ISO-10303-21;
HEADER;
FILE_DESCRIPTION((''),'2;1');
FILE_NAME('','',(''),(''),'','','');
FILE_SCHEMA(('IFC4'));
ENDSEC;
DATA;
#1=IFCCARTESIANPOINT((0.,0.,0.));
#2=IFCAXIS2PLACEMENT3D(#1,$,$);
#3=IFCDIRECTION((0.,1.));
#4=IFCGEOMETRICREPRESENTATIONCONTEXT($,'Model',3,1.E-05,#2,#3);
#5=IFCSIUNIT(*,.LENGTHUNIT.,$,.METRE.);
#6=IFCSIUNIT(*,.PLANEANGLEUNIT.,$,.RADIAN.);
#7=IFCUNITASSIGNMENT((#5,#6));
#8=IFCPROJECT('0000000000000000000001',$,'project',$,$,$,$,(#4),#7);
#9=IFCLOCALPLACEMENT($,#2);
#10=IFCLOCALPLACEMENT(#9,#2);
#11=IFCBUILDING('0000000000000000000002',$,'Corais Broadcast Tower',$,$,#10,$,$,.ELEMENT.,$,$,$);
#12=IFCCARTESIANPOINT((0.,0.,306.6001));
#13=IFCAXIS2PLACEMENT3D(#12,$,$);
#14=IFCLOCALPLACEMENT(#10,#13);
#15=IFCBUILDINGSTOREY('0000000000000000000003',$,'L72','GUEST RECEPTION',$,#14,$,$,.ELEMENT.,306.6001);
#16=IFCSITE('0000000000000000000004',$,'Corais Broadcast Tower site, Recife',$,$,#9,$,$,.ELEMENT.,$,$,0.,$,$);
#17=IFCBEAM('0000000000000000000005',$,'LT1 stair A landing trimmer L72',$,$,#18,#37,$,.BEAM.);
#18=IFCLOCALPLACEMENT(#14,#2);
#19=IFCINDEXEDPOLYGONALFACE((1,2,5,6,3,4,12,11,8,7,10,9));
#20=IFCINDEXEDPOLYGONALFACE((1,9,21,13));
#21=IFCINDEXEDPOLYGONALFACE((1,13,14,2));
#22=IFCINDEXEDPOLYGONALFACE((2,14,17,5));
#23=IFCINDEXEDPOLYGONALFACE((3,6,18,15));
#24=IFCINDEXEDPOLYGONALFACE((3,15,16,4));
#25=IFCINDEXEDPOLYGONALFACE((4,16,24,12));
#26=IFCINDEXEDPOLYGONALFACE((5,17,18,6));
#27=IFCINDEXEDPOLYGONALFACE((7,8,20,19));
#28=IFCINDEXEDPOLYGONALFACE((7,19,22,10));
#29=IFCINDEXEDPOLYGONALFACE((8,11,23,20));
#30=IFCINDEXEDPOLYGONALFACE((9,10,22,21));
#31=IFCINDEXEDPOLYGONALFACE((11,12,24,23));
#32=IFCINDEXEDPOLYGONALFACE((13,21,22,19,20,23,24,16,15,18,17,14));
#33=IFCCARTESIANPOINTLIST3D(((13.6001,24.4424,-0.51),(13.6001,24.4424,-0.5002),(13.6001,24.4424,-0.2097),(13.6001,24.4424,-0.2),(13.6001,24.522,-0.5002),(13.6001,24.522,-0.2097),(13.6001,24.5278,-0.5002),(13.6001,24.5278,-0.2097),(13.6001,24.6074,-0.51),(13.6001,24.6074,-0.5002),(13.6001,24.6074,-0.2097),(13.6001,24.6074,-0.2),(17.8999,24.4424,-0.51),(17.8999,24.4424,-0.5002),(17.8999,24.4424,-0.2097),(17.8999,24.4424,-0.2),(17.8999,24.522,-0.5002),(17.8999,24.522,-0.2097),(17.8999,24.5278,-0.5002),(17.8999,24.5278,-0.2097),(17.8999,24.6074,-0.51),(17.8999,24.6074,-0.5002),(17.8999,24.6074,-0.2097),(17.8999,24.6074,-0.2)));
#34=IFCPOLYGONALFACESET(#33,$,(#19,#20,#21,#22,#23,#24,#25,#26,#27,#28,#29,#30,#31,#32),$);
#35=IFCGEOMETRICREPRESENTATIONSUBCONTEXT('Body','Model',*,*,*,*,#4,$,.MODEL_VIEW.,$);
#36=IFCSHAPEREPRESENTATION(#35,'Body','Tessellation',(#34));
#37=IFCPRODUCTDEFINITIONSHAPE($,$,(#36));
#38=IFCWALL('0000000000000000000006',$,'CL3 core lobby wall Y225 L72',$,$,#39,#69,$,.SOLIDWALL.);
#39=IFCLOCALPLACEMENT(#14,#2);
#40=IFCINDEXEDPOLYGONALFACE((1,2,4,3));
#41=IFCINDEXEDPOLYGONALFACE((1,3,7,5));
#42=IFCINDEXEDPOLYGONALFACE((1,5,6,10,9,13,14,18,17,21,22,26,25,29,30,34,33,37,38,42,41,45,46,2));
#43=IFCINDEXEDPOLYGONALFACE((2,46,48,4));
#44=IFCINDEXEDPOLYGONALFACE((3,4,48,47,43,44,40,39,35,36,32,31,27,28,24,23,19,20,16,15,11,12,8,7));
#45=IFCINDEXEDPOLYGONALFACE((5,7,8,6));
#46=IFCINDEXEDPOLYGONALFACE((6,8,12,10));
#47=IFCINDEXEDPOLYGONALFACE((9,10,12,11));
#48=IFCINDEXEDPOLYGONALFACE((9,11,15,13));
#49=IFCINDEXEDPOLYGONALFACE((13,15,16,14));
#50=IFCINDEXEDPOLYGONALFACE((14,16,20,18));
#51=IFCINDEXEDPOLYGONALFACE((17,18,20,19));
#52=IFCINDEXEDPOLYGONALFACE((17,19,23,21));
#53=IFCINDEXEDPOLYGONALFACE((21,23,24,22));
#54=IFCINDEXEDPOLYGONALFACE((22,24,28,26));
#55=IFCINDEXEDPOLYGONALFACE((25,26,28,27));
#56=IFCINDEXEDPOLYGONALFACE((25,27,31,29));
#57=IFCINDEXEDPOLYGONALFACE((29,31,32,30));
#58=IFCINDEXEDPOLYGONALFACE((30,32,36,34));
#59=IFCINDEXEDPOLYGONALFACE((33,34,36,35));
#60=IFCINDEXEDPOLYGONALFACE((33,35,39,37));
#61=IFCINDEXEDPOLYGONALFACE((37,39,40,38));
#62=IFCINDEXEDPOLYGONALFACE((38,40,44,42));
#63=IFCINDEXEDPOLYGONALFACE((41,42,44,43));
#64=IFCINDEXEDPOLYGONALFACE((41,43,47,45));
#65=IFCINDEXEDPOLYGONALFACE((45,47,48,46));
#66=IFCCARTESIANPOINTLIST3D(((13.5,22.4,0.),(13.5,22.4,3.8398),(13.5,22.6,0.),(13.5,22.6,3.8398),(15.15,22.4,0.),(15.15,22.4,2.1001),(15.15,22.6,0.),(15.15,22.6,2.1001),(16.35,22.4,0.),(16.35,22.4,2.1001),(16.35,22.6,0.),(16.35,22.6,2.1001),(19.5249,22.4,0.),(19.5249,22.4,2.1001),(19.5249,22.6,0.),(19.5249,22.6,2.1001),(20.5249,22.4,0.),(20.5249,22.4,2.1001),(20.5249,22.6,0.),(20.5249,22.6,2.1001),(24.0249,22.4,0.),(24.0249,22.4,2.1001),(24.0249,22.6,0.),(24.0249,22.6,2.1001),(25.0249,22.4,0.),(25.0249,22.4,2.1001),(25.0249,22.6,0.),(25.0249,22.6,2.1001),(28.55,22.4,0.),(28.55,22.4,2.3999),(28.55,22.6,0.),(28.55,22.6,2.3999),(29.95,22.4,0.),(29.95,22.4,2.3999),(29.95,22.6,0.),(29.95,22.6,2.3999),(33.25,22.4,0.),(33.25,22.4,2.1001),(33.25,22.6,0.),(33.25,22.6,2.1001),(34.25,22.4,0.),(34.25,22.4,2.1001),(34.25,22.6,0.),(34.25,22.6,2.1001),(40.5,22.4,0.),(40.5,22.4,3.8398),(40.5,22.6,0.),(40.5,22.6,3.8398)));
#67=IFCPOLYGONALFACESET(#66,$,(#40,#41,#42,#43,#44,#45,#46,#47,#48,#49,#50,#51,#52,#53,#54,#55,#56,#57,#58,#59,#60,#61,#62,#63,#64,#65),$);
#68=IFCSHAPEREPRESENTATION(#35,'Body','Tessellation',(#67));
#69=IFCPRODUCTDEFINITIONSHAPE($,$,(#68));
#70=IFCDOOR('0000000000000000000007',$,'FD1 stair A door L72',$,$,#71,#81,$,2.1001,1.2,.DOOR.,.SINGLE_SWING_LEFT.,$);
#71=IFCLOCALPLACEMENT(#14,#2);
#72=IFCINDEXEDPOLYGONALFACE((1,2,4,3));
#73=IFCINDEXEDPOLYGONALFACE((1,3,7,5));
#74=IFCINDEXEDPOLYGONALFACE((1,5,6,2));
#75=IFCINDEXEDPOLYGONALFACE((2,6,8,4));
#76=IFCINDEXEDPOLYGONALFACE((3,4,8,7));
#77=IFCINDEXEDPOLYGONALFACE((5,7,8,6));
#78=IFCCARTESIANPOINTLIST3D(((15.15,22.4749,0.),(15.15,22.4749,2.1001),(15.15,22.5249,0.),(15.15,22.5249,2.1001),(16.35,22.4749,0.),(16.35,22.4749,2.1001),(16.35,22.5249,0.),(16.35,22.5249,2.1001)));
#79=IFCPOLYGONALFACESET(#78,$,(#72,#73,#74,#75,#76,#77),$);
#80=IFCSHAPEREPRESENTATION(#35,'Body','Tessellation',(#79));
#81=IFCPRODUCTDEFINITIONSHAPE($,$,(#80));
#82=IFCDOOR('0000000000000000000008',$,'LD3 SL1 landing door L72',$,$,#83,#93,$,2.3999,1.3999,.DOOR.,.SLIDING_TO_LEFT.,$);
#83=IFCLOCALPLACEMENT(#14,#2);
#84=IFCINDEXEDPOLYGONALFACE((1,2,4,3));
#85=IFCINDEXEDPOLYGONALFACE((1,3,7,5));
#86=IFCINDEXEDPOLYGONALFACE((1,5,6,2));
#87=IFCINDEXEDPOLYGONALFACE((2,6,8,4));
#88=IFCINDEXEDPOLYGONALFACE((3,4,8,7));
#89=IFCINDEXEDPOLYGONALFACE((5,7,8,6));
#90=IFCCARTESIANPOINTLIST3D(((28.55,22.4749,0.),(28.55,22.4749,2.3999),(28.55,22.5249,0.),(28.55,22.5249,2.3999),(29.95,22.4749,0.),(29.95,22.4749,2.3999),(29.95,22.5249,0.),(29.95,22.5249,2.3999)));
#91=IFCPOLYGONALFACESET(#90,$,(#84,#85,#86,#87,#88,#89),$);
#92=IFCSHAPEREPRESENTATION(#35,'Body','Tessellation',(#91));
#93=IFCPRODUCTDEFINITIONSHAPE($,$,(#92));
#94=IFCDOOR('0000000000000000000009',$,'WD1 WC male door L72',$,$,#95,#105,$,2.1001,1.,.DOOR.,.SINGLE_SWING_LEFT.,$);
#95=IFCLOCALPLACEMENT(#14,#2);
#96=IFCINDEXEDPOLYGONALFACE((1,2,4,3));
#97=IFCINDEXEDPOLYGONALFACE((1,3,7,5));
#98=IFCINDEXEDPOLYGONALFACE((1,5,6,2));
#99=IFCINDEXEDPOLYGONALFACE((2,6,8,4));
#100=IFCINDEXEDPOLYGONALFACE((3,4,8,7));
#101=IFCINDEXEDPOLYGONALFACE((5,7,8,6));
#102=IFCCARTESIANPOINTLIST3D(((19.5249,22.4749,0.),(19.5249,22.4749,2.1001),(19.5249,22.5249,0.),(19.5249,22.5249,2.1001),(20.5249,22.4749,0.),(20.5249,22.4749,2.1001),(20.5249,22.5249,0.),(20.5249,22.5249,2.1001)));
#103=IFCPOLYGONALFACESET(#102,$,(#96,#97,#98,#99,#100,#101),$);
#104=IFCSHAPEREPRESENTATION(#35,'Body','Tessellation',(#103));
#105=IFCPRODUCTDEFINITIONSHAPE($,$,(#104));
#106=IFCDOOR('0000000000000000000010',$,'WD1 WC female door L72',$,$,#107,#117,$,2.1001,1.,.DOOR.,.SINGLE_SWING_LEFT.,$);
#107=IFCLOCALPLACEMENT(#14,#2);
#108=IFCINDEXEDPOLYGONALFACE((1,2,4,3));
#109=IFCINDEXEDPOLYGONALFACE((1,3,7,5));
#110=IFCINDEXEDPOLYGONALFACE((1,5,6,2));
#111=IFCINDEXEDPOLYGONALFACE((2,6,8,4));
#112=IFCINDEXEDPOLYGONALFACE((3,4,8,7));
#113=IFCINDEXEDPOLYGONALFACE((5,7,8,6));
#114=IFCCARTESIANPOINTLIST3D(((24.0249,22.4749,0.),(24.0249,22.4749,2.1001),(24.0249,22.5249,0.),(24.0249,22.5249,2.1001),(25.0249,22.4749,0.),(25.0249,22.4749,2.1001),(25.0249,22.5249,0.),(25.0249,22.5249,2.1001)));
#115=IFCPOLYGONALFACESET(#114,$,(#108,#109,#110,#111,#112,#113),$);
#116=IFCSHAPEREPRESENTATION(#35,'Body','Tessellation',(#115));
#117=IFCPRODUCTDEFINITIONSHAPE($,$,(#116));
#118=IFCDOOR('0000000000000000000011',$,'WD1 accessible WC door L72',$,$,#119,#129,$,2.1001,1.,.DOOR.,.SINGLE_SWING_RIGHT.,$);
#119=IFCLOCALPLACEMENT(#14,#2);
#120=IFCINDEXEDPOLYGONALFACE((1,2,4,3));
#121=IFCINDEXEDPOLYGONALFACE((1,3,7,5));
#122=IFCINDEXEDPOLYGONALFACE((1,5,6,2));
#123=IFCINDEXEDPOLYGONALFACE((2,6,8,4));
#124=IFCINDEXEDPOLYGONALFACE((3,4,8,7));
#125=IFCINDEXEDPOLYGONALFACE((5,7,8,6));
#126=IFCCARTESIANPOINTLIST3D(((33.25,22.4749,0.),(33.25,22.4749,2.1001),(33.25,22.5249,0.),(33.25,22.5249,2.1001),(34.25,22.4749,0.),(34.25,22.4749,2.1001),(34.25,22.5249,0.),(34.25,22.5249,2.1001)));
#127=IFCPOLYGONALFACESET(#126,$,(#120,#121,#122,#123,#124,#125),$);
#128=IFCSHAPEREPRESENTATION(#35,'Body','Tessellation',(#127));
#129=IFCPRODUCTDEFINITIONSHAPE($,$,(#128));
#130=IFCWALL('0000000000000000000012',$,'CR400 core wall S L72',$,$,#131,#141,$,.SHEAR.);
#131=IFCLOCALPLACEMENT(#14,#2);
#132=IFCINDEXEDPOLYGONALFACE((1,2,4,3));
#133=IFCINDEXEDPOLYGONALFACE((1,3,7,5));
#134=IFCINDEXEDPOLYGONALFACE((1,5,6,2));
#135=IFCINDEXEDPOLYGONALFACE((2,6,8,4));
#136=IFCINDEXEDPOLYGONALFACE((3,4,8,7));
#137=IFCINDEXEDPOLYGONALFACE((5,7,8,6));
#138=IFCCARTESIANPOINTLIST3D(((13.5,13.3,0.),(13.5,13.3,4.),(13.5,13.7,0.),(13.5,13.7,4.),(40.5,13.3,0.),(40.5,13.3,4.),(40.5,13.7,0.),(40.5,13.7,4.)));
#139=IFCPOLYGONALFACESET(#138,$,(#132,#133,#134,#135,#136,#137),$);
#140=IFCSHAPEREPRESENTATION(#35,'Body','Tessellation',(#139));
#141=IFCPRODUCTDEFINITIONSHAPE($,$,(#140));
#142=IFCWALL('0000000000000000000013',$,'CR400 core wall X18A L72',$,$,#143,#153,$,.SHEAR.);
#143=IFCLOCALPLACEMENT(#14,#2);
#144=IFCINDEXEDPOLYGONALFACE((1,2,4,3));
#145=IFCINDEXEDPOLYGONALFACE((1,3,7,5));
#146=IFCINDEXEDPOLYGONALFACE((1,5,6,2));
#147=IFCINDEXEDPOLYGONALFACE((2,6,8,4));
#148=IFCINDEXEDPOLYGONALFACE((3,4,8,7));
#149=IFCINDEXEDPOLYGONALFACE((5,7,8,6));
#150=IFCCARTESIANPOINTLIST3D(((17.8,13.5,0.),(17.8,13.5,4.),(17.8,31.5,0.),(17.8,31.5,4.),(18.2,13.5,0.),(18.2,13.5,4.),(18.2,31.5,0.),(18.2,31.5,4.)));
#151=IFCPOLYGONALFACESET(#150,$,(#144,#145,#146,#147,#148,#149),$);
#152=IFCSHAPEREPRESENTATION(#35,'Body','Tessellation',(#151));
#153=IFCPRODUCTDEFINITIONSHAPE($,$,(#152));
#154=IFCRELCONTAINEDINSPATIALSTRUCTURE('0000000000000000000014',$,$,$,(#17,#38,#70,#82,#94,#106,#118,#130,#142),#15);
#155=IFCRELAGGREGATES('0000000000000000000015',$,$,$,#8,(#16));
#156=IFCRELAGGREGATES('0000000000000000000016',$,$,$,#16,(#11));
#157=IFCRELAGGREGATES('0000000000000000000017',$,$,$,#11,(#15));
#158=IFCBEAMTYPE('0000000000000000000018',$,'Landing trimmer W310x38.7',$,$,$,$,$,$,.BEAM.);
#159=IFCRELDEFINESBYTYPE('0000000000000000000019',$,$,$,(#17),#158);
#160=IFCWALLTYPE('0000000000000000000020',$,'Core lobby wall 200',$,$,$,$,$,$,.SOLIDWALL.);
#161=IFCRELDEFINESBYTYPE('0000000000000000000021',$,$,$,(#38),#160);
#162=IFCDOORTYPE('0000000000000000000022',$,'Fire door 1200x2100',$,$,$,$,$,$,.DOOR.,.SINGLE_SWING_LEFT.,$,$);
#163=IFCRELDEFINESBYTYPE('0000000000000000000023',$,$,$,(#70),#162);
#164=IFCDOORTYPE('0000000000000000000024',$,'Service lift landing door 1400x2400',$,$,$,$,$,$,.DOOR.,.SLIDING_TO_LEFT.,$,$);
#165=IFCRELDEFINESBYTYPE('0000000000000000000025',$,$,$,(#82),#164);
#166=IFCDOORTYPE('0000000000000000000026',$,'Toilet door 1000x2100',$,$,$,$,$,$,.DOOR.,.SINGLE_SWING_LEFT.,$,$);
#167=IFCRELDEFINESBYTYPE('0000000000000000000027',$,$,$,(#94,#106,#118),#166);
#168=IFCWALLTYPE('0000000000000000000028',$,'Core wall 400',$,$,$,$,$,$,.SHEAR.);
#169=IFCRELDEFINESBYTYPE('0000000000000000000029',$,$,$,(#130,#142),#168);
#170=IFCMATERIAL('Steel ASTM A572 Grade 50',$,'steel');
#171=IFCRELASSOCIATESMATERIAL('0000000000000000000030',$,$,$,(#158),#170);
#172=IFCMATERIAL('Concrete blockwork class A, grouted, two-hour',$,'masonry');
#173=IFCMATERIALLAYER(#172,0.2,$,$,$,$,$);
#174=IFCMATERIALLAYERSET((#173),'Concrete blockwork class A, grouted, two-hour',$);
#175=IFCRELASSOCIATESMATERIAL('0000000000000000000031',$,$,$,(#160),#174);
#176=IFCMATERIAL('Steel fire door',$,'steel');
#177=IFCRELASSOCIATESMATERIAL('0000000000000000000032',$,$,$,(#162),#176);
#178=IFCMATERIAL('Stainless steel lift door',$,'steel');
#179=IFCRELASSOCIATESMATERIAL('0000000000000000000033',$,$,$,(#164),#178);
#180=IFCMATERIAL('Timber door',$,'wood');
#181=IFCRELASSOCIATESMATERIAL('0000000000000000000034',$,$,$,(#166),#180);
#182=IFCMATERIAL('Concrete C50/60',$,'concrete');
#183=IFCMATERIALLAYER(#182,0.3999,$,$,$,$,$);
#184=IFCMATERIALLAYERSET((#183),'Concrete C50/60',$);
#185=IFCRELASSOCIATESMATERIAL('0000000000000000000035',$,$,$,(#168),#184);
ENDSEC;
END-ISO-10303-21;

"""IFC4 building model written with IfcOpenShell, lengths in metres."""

from ifc_helpers import new_model, si_unit, direction, frame, frame_2d, origin, origin_2d, place, context, subcontext, project, spatial, rectangle, i_section, extrude, material, layer, layer_set, material_profile, profile_set, type_object, element, fill, save


model = new_model("IFC4")

# Units and contexts
model_context = context("Model", 3, precision=1e-05, world=origin(), true_north=direction((0.0, 1.0)))
body_context = subcontext(model_context, "Body", "Model", "MODEL_VIEW")
ifc_project = project(units=[si_unit("LENGTHUNIT", "METRE"), si_unit("PLANEANGLEUNIT", "RADIAN")], contexts=[model_context])

# Site, building, storey
site_placement = place(None, origin())
site = spatial("IfcSite", under=ifc_project, at=site_placement, Name="Corais Broadcast Tower site, Recife", CompositionType="ELEMENT", RefElevation=0.0)
building_placement = place(site_placement, origin())
building = spatial("IfcBuilding", under=site, at=building_placement, Name="Corais Broadcast Tower", CompositionType="ELEMENT")
storey_placement = place(building_placement, frame((0.0, 0.0, 306.6001)))
storey = spatial("IfcBuildingStorey", under=building, at=storey_placement, Name="L72", Description="GUEST RECEPTION", CompositionType="ELEMENT", Elevation=306.6001)

# Beam
ifc_material_1 = material(Name="Steel ASTM A572 Grade 50", Category="steel")
ifc_material_profile = material_profile(ifc_material_1, i_section(OverallWidth=0.165, OverallDepth=0.3101, WebThickness=0.0059, FlangeThickness=0.0098, at=origin_2d()), Name="W310x38.7")
ifc_profile_set = profile_set([ifc_material_profile], Name="Steel ASTM A572 Grade 50")
beam_type = type_object("IfcBeamType", Name="Landing trimmer W310x38.7", PredefinedType="BEAM", material=ifc_profile_set)
beam_placement = place(storey_placement, frame((13.6001, 24.5249, -0.355), z_axis=(1.0, 0.0, 0.0), x_axis=(0.0, 1.0, 0.0)))
element("IfcBeam", 1, at=beam_placement, inside=storey, type_object=beam_type, Name="LT1 stair A landing trimmer L72", PredefinedType="BEAM", context=body_context, shape_type="SweptSolid", body=[
    extrude(i_section(OverallWidth=0.165, OverallDepth=0.3101, WebThickness=0.0059, FlangeThickness=0.0098, at=origin_2d()), origin(), (0.0, 0.0, 1.0), 4.2998),
])

# Wall, openings, doors
ifc_material_2 = material(Name="Concrete blockwork class A, grouted, two-hour", Category="masonry")
ifc_layer_1 = layer(ifc_material_2, 0.2)
ifc_layer_set_1 = layer_set([ifc_layer_1], Name="Concrete blockwork class A, grouted, two-hour")
wall_type_1 = type_object("IfcWallType", Name="Core lobby wall 200", PredefinedType="SOLIDWALL", material=ifc_layer_set_1)
wall_1_placement = place(storey_placement, frame((13.5, 22.5, 0.0), z_axis=(0.0, 0.0, 1.0), x_axis=(1.0, 0.0, 0.0)))
wall_1 = element("IfcWall", 2, at=wall_1_placement, inside=storey, type_object=wall_type_1, Name="CL3 core lobby wall Y225 L72", PredefinedType="SOLIDWALL", context=body_context, shape_type="SweptSolid", body=[
    extrude(rectangle(XDim=27.0, YDim=0.2, at=frame_2d((13.5, 0.0))), origin(), (0.0, 0.0, 1.0), 3.8398),
])
opening_1_placement = place(wall_1_placement, frame((1.6499, 0.0, 0.0)))
opening_1 = element("IfcOpeningElement", 3, at=opening_1_placement, cuts=wall_1, PredefinedType="OPENING", context=body_context, shape_type="SweptSolid", body=[
    extrude(rectangle(XDim=1.2, YDim=2.1001, at=frame_2d((0.6001, 1.05))), frame((0.0, 0.1099, 0.0), z_axis=(0.0, -1.0, 0.0), x_axis=(1.0, 0.0, 0.0)), (0.0, 0.0, 1.0), 0.22),
])
opening_2_placement = place(wall_1_placement, frame((6.0249, 0.0, 0.0)))
opening_2 = element("IfcOpeningElement", 4, at=opening_2_placement, cuts=wall_1, PredefinedType="OPENING", context=body_context, shape_type="SweptSolid", body=[
    extrude(rectangle(XDim=1.0, YDim=2.1001, at=frame_2d((0.5, 1.05))), frame((0.0, 0.1099, 0.0), z_axis=(0.0, -1.0, 0.0), x_axis=(1.0, 0.0, 0.0)), (0.0, 0.0, 1.0), 0.22),
])
opening_3_placement = place(wall_1_placement, frame((10.5249, 0.0, 0.0)))
opening_3 = element("IfcOpeningElement", 5, at=opening_3_placement, cuts=wall_1, PredefinedType="OPENING", context=body_context, shape_type="SweptSolid", body=[
    extrude(rectangle(XDim=1.0, YDim=2.1001, at=frame_2d((0.5, 1.05))), frame((0.0, 0.1099, 0.0), z_axis=(0.0, -1.0, 0.0), x_axis=(1.0, 0.0, 0.0)), (0.0, 0.0, 1.0), 0.22),
])
opening_4_placement = place(wall_1_placement, frame((19.75, 0.0, 0.0)))
opening_4 = element("IfcOpeningElement", 6, at=opening_4_placement, cuts=wall_1, PredefinedType="OPENING", context=body_context, shape_type="SweptSolid", body=[
    extrude(rectangle(XDim=1.0, YDim=2.1001, at=frame_2d((0.5, 1.05))), frame((0.0, 0.1099, 0.0), z_axis=(0.0, -1.0, 0.0), x_axis=(1.0, 0.0, 0.0)), (0.0, 0.0, 1.0), 0.22),
])
opening_5_placement = place(wall_1_placement, frame((15.05, 0.0, 0.0)))
opening_5 = element("IfcOpeningElement", 7, at=opening_5_placement, cuts=wall_1, PredefinedType="OPENING", context=body_context, shape_type="SweptSolid", body=[
    extrude(rectangle(XDim=1.3999, YDim=2.3999, at=frame_2d((0.7, 1.2))), frame((0.0, 0.1099, 0.0), z_axis=(0.0, -1.0, 0.0), x_axis=(1.0, 0.0, 0.0)), (0.0, 0.0, 1.0), 0.22),
])
ifc_material_3 = material(Name="Steel fire door", Category="steel")
door_type_1 = type_object("IfcDoorType", Name="Fire door 1200x2100", OperationType="SINGLE_SWING_LEFT", PredefinedType="DOOR", material=ifc_material_3)
door_1_placement = place(opening_1_placement, origin())
door_1 = element("IfcDoor", 8, at=door_1_placement, inside=storey, type_object=door_type_1, Name="FD1 stair A door L72", OperationType="SINGLE_SWING_LEFT", OverallHeight=2.1001, OverallWidth=1.2, PredefinedType="DOOR", context=body_context, shape_type="SweptSolid", body=[
    extrude(rectangle(XDim=1.2, YDim=2.1001, at=frame_2d((0.6001, 1.05))), frame((0.0, 0.0249, 0.0), z_axis=(0.0, -1.0, 0.0), x_axis=(1.0, 0.0, 0.0)), (0.0, 0.0, 1.0), 0.05),
])
fill(opening_1, door_1)
ifc_material_4 = material(Name="Stainless steel lift door", Category="steel")
door_type_2 = type_object("IfcDoorType", Name="Service lift landing door 1400x2400", OperationType="SLIDING_TO_LEFT", PredefinedType="DOOR", material=ifc_material_4)
door_2_placement = place(opening_5_placement, origin())
door_2 = element("IfcDoor", 9, at=door_2_placement, inside=storey, type_object=door_type_2, Name="LD3 SL1 landing door L72", OperationType="SLIDING_TO_LEFT", OverallHeight=2.3999, OverallWidth=1.3999, PredefinedType="DOOR", context=body_context, shape_type="SweptSolid", body=[
    extrude(rectangle(XDim=1.3999, YDim=2.3999, at=frame_2d((0.7, 1.2))), frame((0.0, 0.0249, 0.0), z_axis=(0.0, -1.0, 0.0), x_axis=(1.0, 0.0, 0.0)), (0.0, 0.0, 1.0), 0.05),
])
fill(opening_5, door_2)
ifc_material_5 = material(Name="Timber door", Category="wood")
door_type_3 = type_object("IfcDoorType", Name="Toilet door 1000x2100", OperationType="SINGLE_SWING_LEFT", PredefinedType="DOOR", material=ifc_material_5)
door_3_placement = place(opening_2_placement, origin())
door_3 = element("IfcDoor", 10, at=door_3_placement, inside=storey, type_object=door_type_3, Name="WD1 WC male door L72", OperationType="SINGLE_SWING_LEFT", OverallHeight=2.1001, OverallWidth=1.0, PredefinedType="DOOR", context=body_context, shape_type="SweptSolid", body=[
    extrude(rectangle(XDim=1.0, YDim=2.1001, at=frame_2d((0.5, 1.05))), frame((0.0, 0.0249, 0.0), z_axis=(0.0, -1.0, 0.0), x_axis=(1.0, 0.0, 0.0)), (0.0, 0.0, 1.0), 0.05),
])
fill(opening_2, door_3)
door_4_placement = place(opening_3_placement, origin())
door_4 = element("IfcDoor", 11, at=door_4_placement, inside=storey, type_object=door_type_3, Name="WD1 WC female door L72", OperationType="SINGLE_SWING_LEFT", OverallHeight=2.1001, OverallWidth=1.0, PredefinedType="DOOR", context=body_context, shape_type="SweptSolid", body=[
    extrude(rectangle(XDim=1.0, YDim=2.1001, at=frame_2d((0.5, 1.05))), frame((0.0, 0.0249, 0.0), z_axis=(0.0, -1.0, 0.0), x_axis=(1.0, 0.0, 0.0)), (0.0, 0.0, 1.0), 0.05),
])
fill(opening_3, door_4)
door_5_placement = place(opening_4_placement, origin())
door_5 = element("IfcDoor", 12, at=door_5_placement, inside=storey, type_object=door_type_3, Name="WD1 accessible WC door L72", OperationType="SINGLE_SWING_RIGHT", OverallHeight=2.1001, OverallWidth=1.0, PredefinedType="DOOR", context=body_context, shape_type="SweptSolid", body=[
    extrude(rectangle(XDim=1.0, YDim=2.1001, at=frame_2d((0.5, 1.05))), frame((0.0, 0.0249, 0.0), z_axis=(0.0, -1.0, 0.0), x_axis=(1.0, 0.0, 0.0)), (0.0, 0.0, 1.0), 0.05),
])
fill(opening_4, door_5)

# Walls
ifc_material_6 = material(Name="Concrete C50/60", Category="concrete")
ifc_layer_2 = layer(ifc_material_6, 0.3999)
ifc_layer_set_2 = layer_set([ifc_layer_2], Name="Concrete C50/60")
wall_type_2 = type_object("IfcWallType", Name="Core wall 400", PredefinedType="SHEAR", material=ifc_layer_set_2)
wall_2_placement = place(storey_placement, frame((13.5, 13.5, 0.0), z_axis=(0.0, 0.0, 1.0), x_axis=(1.0, 0.0, 0.0)))
element("IfcWall", 13, at=wall_2_placement, inside=storey, type_object=wall_type_2, Name="CR400 core wall S L72", PredefinedType="SHEAR", context=body_context, shape_type="SweptSolid", body=[
    extrude(rectangle(XDim=27.0, YDim=0.3999, at=frame_2d((13.5, 0.0))), origin(), (0.0, 0.0, 1.0), 4.0),
])
wall_3_placement = place(storey_placement, frame((18.0, 13.5, 0.0), z_axis=(0.0, 0.0, 1.0), x_axis=(0.0, 1.0, 0.0)))
element("IfcWall", 14, at=wall_3_placement, inside=storey, type_object=wall_type_2, Name="CR400 core wall X18A L72", PredefinedType="SHEAR", context=body_context, shape_type="SweptSolid", body=[
    extrude(rectangle(XDim=18.0, YDim=0.3999, at=frame_2d((9.0, 0.0))), origin(), (0.0, 0.0, 1.0), 4.0),
])

save(model, "model.ifc")
